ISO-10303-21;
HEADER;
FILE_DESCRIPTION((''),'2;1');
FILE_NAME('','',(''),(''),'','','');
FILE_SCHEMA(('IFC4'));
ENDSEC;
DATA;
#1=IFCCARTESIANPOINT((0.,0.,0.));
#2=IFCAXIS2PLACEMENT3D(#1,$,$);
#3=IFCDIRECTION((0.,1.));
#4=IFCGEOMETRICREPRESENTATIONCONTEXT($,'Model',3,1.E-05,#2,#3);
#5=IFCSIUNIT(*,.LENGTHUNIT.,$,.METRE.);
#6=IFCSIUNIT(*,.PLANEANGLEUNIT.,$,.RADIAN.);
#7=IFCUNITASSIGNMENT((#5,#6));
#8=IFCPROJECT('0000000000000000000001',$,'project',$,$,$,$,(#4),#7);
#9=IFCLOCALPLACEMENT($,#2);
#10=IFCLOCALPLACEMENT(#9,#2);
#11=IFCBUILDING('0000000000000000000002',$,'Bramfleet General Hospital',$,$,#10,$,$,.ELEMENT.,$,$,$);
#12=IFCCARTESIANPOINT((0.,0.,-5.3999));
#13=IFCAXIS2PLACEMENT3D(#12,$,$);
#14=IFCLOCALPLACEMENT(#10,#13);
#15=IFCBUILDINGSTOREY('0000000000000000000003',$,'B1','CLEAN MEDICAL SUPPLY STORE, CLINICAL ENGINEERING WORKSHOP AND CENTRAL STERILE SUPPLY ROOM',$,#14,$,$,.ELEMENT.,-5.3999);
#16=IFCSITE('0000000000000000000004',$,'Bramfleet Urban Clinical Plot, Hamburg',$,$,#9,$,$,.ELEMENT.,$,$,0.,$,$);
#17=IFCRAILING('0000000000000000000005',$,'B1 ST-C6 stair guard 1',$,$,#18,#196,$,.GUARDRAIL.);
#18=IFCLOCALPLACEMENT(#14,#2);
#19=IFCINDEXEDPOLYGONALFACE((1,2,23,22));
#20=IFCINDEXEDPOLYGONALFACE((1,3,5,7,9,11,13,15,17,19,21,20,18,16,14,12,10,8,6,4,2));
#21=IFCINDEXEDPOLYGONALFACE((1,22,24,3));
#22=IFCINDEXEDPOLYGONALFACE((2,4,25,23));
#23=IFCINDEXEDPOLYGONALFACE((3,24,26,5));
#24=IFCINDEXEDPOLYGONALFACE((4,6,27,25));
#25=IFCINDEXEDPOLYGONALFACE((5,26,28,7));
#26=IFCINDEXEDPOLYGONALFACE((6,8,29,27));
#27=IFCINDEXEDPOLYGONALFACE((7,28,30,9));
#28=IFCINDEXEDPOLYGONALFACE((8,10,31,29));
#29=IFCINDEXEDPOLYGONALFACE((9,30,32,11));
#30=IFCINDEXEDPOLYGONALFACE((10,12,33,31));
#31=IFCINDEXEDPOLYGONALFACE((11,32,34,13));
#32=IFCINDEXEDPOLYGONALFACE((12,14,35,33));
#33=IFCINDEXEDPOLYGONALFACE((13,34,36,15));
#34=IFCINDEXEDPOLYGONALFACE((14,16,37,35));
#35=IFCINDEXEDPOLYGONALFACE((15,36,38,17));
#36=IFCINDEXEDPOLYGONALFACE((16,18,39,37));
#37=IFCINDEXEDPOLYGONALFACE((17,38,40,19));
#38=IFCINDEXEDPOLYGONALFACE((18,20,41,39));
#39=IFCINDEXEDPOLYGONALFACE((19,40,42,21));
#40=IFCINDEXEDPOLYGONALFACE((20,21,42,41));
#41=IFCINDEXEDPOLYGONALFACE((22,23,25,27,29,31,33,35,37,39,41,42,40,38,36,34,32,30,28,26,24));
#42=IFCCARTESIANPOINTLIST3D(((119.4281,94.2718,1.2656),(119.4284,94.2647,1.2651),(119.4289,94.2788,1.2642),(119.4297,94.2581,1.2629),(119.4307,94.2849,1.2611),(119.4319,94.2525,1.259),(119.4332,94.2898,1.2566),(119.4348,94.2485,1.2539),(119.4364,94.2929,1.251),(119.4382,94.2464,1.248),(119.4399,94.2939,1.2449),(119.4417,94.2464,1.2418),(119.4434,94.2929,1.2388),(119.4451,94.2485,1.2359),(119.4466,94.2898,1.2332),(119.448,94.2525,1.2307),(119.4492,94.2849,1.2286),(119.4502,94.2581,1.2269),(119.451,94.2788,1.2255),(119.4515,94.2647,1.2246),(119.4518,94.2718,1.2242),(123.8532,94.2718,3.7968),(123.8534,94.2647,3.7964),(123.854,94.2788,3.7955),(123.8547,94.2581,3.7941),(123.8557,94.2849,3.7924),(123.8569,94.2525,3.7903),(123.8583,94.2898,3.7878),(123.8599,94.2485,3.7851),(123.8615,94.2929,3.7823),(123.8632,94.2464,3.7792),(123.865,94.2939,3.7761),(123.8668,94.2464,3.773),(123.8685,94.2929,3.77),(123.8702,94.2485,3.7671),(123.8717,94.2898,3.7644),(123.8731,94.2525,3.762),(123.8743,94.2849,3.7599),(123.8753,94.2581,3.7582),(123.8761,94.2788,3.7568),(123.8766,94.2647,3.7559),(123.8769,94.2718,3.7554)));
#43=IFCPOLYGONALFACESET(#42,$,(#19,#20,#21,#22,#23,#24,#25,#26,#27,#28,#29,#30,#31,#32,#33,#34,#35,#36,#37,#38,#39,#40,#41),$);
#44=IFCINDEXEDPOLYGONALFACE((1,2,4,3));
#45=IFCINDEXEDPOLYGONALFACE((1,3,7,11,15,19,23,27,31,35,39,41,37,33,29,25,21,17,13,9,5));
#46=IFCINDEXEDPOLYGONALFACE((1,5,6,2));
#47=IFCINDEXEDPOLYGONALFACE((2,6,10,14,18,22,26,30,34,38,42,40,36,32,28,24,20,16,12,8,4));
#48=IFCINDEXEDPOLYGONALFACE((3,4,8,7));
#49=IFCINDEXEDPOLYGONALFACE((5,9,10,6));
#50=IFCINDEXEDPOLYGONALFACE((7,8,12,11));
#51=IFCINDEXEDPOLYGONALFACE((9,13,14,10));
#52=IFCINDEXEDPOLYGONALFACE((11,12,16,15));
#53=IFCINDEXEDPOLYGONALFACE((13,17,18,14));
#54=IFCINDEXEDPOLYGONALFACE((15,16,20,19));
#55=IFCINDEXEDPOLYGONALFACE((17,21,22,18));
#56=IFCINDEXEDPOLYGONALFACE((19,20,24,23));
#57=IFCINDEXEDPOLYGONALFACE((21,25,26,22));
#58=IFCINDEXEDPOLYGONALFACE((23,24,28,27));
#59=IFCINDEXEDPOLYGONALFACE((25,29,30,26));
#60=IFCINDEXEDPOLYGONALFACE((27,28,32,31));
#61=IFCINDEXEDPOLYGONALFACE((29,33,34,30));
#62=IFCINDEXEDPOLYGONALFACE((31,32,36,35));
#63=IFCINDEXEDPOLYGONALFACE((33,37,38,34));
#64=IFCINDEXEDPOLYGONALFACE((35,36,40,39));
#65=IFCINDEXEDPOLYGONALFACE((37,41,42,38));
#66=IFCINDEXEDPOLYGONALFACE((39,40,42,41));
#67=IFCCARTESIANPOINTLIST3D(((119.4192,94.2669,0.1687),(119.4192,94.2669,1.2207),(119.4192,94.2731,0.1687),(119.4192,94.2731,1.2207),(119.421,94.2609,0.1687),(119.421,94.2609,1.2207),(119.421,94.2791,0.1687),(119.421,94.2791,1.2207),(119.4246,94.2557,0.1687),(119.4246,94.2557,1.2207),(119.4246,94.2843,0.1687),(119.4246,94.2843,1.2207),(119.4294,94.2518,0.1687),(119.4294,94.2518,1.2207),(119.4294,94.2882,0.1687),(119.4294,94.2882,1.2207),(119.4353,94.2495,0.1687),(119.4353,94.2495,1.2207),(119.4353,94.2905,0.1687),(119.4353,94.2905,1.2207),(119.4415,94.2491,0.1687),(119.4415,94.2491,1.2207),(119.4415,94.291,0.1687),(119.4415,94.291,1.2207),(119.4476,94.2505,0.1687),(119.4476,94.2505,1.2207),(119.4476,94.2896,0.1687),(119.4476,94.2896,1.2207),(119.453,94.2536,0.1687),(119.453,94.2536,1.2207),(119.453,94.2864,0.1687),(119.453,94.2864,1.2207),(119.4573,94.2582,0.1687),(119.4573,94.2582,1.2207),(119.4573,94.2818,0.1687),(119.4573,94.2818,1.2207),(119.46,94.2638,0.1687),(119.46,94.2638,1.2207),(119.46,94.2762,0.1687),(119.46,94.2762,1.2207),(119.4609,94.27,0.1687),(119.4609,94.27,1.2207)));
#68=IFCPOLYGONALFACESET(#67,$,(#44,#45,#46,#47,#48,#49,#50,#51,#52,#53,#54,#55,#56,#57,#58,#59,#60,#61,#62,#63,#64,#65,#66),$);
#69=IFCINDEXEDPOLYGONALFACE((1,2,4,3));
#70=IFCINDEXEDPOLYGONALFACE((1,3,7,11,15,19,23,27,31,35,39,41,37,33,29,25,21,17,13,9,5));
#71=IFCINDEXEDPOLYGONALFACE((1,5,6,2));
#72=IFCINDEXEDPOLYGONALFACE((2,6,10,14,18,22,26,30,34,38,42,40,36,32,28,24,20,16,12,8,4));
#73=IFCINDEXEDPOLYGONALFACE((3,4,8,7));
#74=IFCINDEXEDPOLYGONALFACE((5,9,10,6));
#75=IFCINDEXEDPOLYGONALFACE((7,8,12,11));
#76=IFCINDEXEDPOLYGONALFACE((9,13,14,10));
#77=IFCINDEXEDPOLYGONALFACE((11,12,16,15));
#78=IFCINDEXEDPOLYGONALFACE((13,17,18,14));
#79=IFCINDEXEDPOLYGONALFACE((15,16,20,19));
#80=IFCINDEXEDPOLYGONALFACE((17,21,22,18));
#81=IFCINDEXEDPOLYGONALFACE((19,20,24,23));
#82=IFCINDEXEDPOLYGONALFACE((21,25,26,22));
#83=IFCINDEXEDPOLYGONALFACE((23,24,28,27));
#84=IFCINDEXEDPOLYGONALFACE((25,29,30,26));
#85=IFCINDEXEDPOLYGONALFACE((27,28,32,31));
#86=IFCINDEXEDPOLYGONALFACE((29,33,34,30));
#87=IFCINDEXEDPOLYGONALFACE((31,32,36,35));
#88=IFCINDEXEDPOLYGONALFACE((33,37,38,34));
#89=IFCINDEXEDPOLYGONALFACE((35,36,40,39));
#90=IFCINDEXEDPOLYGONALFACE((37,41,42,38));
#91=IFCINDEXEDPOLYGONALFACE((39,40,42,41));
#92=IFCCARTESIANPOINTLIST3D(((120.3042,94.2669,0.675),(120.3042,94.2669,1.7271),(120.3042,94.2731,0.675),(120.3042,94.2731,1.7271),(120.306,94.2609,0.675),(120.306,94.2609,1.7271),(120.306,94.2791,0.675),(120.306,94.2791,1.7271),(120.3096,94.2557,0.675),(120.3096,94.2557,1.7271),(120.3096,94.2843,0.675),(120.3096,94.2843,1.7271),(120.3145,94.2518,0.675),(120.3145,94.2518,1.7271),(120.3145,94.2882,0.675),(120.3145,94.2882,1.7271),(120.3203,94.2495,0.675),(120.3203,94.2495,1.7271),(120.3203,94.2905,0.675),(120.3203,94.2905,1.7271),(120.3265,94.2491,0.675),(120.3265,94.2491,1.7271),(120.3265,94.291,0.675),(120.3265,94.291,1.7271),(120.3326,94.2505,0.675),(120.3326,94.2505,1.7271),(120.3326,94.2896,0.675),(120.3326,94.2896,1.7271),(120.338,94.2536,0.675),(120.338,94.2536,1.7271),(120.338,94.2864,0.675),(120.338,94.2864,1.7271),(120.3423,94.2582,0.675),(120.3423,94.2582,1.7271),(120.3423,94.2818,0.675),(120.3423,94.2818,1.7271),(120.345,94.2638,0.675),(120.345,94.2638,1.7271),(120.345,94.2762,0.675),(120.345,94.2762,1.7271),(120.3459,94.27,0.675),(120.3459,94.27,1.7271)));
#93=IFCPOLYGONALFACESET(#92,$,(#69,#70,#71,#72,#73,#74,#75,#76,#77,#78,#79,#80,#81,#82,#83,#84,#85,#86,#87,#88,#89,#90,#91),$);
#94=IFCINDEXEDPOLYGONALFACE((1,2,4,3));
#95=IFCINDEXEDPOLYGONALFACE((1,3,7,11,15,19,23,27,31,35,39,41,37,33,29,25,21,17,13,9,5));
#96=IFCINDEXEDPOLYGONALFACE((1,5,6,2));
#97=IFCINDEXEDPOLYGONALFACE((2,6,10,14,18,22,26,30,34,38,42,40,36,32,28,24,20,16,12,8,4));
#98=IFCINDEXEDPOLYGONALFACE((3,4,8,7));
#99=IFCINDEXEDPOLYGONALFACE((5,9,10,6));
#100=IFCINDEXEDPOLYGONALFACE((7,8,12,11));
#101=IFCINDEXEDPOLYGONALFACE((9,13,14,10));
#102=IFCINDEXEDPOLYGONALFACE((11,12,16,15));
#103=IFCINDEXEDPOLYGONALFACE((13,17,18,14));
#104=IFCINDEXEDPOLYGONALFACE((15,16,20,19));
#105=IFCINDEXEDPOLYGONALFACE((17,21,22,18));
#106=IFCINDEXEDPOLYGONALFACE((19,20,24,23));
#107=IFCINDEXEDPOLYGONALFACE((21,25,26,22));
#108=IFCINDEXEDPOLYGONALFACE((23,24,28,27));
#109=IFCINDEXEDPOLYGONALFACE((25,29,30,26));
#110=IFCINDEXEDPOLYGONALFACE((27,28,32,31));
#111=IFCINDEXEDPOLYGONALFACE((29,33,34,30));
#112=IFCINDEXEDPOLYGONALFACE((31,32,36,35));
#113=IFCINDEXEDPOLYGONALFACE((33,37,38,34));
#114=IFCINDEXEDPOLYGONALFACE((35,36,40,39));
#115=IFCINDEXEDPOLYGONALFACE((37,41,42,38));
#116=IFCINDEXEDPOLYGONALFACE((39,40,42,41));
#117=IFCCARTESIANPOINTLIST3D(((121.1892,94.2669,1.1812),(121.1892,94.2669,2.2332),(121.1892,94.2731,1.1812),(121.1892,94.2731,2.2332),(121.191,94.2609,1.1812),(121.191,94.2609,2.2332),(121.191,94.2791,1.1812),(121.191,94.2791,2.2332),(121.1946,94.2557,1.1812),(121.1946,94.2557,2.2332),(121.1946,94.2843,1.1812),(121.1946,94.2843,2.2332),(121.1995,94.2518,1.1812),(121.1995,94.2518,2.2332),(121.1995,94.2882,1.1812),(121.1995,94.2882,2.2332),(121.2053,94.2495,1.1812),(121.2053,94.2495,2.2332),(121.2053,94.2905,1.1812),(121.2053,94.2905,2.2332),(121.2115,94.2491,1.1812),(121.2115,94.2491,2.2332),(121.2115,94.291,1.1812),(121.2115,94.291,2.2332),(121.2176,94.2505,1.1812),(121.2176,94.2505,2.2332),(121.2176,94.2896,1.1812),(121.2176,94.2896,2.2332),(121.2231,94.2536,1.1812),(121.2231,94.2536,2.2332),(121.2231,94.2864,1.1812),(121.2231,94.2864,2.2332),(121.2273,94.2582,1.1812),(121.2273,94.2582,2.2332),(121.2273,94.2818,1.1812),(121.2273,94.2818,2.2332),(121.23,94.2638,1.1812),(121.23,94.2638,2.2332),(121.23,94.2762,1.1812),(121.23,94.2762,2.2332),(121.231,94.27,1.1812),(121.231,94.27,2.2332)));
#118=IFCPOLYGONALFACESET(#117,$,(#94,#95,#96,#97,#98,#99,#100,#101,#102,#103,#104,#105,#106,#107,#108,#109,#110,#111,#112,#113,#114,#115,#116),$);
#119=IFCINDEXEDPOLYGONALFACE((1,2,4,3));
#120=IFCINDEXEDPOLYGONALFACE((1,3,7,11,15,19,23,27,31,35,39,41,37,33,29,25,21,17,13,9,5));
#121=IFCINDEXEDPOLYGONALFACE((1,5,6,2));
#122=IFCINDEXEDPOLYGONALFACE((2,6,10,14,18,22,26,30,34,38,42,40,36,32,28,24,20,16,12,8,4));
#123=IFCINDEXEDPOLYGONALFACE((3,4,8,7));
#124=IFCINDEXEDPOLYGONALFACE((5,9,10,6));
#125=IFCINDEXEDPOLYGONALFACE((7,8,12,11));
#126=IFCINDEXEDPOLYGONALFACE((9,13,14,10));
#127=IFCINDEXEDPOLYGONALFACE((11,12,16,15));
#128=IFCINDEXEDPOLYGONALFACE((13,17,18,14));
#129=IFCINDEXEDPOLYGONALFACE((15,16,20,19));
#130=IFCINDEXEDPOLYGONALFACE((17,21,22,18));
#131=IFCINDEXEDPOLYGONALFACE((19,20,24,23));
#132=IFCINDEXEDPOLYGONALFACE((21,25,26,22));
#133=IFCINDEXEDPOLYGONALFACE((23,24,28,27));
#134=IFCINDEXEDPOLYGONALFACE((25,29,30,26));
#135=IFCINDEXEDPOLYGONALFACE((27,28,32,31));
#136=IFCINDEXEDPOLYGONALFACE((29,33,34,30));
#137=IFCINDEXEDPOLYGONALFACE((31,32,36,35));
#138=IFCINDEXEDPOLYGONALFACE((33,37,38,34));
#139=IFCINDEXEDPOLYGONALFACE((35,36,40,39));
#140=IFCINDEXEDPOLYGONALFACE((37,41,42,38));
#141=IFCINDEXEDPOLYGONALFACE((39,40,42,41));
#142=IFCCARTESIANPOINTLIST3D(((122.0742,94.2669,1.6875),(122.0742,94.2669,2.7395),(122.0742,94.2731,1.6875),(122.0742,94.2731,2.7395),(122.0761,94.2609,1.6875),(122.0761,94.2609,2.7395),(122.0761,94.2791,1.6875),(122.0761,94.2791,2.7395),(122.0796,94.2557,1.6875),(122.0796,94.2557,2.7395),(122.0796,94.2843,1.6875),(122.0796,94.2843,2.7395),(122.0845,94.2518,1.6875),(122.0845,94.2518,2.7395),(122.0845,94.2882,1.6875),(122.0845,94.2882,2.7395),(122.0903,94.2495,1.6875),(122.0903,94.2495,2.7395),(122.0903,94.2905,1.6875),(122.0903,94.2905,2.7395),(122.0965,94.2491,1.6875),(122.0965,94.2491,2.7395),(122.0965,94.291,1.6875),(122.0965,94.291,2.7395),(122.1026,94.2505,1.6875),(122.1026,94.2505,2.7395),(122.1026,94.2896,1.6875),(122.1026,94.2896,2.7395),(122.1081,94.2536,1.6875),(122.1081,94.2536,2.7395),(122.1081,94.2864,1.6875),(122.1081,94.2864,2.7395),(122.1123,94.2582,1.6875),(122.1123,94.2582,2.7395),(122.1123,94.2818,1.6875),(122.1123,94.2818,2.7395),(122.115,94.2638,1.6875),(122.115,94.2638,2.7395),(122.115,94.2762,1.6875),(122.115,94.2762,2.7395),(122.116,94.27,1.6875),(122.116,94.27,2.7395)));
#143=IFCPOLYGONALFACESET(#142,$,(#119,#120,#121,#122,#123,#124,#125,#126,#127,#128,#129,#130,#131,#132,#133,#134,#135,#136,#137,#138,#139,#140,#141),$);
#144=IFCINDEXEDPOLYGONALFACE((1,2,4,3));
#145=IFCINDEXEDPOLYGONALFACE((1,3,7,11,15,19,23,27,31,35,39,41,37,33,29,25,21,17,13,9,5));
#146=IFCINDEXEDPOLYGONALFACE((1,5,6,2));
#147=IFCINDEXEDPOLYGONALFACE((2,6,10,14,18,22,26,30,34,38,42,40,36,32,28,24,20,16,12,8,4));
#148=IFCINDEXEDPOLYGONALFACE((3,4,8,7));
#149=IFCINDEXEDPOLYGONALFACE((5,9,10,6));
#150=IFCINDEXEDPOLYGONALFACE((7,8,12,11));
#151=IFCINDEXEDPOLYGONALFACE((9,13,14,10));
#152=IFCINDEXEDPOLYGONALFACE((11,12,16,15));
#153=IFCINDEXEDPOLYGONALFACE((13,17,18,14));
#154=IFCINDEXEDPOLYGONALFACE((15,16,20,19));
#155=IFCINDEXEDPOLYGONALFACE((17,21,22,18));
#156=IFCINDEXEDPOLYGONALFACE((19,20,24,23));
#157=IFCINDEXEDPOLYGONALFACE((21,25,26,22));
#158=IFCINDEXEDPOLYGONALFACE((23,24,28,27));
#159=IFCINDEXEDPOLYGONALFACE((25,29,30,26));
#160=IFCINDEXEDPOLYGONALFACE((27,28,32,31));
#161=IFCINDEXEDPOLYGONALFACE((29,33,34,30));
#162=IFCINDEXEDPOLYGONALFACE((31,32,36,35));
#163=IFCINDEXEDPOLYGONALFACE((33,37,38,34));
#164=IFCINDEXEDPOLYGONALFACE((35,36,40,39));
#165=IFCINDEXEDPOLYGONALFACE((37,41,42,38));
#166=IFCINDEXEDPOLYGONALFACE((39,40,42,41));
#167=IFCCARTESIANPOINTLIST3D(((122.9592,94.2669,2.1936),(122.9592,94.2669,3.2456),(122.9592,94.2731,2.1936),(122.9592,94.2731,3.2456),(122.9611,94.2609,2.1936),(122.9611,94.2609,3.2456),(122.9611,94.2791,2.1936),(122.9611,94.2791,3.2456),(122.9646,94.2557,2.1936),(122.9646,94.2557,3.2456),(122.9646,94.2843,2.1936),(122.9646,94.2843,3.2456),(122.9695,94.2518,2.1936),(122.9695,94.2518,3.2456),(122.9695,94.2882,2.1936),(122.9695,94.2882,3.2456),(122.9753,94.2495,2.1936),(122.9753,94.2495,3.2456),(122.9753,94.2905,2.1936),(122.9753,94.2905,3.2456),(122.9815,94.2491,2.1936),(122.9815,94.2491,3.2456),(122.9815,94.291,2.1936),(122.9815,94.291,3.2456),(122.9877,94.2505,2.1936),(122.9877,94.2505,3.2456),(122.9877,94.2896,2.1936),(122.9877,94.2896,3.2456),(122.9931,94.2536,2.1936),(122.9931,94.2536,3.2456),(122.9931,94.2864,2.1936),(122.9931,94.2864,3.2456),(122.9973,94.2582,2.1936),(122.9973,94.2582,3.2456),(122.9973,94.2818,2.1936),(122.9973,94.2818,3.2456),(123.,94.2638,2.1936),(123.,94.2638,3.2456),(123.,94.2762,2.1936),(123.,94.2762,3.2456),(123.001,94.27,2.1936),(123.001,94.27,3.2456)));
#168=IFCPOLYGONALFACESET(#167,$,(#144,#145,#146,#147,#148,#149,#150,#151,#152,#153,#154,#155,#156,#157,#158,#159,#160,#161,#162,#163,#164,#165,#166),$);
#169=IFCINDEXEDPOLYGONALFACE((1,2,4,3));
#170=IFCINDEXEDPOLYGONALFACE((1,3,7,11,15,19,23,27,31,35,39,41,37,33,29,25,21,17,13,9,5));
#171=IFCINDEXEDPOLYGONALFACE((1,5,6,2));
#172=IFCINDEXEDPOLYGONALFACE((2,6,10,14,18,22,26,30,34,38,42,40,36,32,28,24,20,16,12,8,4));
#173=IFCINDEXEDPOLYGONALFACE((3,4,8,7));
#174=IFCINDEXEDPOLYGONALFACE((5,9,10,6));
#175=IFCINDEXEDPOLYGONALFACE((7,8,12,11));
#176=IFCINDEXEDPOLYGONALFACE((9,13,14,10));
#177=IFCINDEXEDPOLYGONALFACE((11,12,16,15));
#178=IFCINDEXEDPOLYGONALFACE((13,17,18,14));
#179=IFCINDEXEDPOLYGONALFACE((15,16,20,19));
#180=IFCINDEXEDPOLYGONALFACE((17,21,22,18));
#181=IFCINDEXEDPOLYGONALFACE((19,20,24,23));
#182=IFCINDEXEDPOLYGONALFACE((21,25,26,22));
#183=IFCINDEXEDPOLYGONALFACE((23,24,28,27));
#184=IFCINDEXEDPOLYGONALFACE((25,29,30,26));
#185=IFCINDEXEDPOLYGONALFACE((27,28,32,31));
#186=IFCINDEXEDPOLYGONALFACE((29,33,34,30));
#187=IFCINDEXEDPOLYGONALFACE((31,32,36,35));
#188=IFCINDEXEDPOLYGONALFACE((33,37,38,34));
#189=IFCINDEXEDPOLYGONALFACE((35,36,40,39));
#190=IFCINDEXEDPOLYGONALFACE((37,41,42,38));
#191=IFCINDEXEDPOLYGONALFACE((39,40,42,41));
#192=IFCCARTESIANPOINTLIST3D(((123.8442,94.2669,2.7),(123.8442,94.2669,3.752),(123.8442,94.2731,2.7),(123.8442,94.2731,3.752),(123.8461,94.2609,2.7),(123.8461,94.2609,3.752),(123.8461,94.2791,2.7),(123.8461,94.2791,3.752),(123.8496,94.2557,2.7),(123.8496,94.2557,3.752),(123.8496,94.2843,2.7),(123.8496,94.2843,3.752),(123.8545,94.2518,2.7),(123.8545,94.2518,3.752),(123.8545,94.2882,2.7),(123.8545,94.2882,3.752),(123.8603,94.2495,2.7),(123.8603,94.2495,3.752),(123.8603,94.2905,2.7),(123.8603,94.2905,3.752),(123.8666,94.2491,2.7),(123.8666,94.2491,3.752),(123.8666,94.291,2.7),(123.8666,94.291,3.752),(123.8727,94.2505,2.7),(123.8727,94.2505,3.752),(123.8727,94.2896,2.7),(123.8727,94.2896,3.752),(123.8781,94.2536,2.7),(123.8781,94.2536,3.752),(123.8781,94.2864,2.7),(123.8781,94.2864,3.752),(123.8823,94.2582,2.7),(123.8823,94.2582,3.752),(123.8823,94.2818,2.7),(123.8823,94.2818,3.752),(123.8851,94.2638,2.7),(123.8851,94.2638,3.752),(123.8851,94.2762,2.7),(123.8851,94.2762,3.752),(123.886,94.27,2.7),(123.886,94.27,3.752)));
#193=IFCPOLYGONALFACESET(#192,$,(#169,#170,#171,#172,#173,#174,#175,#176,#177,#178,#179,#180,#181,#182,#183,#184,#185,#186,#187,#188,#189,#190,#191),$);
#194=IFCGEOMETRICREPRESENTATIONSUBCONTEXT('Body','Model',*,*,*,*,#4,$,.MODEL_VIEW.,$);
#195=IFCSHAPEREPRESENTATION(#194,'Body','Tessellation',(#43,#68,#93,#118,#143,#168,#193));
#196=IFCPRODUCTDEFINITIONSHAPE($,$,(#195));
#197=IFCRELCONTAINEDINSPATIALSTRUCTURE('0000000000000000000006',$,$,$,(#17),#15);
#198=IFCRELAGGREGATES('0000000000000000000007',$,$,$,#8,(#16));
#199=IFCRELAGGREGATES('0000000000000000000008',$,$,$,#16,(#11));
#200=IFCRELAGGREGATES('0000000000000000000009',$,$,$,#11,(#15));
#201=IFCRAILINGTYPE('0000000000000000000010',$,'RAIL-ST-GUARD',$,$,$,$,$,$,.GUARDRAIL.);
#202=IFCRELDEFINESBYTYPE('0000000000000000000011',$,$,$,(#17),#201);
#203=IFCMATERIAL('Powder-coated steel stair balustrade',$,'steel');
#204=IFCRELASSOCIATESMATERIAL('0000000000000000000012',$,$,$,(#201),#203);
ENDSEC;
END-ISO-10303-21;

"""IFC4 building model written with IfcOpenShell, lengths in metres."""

from ifc_helpers import new_model, si_unit, direction, frame, origin, origin_2d, place, context, subcontext, project, spatial, circle, extrude, material, type_object, element, save


model = new_model("IFC4")

# Units and contexts
model_context = context("Model", 3, precision=1e-05, world=origin(), true_north=direction((0.0, 1.0)))
body_context = subcontext(model_context, "Body", "Model", "MODEL_VIEW")
ifc_project = project(units=[si_unit("LENGTHUNIT", "METRE"), si_unit("PLANEANGLEUNIT", "RADIAN")], contexts=[model_context])

# Site, building, storey
site_placement = place(None, origin())
site = spatial("IfcSite", under=ifc_project, at=site_placement, Name="Bramfleet Urban Clinical Plot, Hamburg", CompositionType="ELEMENT", RefElevation=0.0)
building_placement = place(site_placement, origin())
building = spatial("IfcBuilding", under=site, at=building_placement, Name="Bramfleet General Hospital", CompositionType="ELEMENT")
storey_placement = place(building_placement, frame((0.0, 0.0, -5.3999)))
storey = spatial("IfcBuildingStorey", under=building, at=storey_placement, Name="B1", Description="CLEAN MEDICAL SUPPLY STORE, CLINICAL ENGINEERING WORKSHOP AND CENTRAL STERILE SUPPLY ROOM", CompositionType="ELEMENT", Elevation=-5.3999)

# Railing
ifc_material_1 = material(Name="Powder-coated steel stair balustrade", Category="steel")
railing_type_1 = type_object("IfcRailingType", Name="RAIL-ST-GUARD", PredefinedType="GUARDRAIL", material=ifc_material_1)
railing_1_placement = place(storey_placement, frame((119.4399, 94.27, 0.1687)))
element("IfcRailing", 1, at=railing_1_placement, inside=storey, type_object=railing_type_1, Name="B1 ST-C6 stair guard 1", PredefinedType="GUARDRAIL", context=body_context, shape_type="SweptSolid", body=[
    extrude(circle(Radius=0.0239, at=origin_2d()), frame((0.0, 0.0, 1.0762), z_axis=(0.868019, 0.0, 0.496531), x_axis=(0.0, 1.0, 0.0)), (0.0, 0.0, 1.0), 5.0979),
    extrude(circle(Radius=0.021, at=origin_2d()), origin(), (0.0, 0.0, 1.0), 1.052),
    extrude(circle(Radius=0.021, at=origin_2d()), frame((0.885, 0.0, 0.5063)), (0.0, 0.0, 1.0), 1.052),
    extrude(circle(Radius=0.021, at=origin_2d()), frame((1.77, 0.0, 1.0125)), (0.0, 0.0, 1.0), 1.052),
    extrude(circle(Radius=0.021, at=origin_2d()), frame((2.655, 0.0, 1.5188)), (0.0, 0.0, 1.0), 1.052),
    extrude(circle(Radius=0.021, at=origin_2d()), frame((3.54, 0.0, 2.0249)), (0.0, 0.0, 1.0), 1.052),
    extrude(circle(Radius=0.021, at=origin_2d()), frame((4.425, 0.0, 2.5312)), (0.0, 0.0, 1.0), 1.052),
])

save(model, "model.ifc")
